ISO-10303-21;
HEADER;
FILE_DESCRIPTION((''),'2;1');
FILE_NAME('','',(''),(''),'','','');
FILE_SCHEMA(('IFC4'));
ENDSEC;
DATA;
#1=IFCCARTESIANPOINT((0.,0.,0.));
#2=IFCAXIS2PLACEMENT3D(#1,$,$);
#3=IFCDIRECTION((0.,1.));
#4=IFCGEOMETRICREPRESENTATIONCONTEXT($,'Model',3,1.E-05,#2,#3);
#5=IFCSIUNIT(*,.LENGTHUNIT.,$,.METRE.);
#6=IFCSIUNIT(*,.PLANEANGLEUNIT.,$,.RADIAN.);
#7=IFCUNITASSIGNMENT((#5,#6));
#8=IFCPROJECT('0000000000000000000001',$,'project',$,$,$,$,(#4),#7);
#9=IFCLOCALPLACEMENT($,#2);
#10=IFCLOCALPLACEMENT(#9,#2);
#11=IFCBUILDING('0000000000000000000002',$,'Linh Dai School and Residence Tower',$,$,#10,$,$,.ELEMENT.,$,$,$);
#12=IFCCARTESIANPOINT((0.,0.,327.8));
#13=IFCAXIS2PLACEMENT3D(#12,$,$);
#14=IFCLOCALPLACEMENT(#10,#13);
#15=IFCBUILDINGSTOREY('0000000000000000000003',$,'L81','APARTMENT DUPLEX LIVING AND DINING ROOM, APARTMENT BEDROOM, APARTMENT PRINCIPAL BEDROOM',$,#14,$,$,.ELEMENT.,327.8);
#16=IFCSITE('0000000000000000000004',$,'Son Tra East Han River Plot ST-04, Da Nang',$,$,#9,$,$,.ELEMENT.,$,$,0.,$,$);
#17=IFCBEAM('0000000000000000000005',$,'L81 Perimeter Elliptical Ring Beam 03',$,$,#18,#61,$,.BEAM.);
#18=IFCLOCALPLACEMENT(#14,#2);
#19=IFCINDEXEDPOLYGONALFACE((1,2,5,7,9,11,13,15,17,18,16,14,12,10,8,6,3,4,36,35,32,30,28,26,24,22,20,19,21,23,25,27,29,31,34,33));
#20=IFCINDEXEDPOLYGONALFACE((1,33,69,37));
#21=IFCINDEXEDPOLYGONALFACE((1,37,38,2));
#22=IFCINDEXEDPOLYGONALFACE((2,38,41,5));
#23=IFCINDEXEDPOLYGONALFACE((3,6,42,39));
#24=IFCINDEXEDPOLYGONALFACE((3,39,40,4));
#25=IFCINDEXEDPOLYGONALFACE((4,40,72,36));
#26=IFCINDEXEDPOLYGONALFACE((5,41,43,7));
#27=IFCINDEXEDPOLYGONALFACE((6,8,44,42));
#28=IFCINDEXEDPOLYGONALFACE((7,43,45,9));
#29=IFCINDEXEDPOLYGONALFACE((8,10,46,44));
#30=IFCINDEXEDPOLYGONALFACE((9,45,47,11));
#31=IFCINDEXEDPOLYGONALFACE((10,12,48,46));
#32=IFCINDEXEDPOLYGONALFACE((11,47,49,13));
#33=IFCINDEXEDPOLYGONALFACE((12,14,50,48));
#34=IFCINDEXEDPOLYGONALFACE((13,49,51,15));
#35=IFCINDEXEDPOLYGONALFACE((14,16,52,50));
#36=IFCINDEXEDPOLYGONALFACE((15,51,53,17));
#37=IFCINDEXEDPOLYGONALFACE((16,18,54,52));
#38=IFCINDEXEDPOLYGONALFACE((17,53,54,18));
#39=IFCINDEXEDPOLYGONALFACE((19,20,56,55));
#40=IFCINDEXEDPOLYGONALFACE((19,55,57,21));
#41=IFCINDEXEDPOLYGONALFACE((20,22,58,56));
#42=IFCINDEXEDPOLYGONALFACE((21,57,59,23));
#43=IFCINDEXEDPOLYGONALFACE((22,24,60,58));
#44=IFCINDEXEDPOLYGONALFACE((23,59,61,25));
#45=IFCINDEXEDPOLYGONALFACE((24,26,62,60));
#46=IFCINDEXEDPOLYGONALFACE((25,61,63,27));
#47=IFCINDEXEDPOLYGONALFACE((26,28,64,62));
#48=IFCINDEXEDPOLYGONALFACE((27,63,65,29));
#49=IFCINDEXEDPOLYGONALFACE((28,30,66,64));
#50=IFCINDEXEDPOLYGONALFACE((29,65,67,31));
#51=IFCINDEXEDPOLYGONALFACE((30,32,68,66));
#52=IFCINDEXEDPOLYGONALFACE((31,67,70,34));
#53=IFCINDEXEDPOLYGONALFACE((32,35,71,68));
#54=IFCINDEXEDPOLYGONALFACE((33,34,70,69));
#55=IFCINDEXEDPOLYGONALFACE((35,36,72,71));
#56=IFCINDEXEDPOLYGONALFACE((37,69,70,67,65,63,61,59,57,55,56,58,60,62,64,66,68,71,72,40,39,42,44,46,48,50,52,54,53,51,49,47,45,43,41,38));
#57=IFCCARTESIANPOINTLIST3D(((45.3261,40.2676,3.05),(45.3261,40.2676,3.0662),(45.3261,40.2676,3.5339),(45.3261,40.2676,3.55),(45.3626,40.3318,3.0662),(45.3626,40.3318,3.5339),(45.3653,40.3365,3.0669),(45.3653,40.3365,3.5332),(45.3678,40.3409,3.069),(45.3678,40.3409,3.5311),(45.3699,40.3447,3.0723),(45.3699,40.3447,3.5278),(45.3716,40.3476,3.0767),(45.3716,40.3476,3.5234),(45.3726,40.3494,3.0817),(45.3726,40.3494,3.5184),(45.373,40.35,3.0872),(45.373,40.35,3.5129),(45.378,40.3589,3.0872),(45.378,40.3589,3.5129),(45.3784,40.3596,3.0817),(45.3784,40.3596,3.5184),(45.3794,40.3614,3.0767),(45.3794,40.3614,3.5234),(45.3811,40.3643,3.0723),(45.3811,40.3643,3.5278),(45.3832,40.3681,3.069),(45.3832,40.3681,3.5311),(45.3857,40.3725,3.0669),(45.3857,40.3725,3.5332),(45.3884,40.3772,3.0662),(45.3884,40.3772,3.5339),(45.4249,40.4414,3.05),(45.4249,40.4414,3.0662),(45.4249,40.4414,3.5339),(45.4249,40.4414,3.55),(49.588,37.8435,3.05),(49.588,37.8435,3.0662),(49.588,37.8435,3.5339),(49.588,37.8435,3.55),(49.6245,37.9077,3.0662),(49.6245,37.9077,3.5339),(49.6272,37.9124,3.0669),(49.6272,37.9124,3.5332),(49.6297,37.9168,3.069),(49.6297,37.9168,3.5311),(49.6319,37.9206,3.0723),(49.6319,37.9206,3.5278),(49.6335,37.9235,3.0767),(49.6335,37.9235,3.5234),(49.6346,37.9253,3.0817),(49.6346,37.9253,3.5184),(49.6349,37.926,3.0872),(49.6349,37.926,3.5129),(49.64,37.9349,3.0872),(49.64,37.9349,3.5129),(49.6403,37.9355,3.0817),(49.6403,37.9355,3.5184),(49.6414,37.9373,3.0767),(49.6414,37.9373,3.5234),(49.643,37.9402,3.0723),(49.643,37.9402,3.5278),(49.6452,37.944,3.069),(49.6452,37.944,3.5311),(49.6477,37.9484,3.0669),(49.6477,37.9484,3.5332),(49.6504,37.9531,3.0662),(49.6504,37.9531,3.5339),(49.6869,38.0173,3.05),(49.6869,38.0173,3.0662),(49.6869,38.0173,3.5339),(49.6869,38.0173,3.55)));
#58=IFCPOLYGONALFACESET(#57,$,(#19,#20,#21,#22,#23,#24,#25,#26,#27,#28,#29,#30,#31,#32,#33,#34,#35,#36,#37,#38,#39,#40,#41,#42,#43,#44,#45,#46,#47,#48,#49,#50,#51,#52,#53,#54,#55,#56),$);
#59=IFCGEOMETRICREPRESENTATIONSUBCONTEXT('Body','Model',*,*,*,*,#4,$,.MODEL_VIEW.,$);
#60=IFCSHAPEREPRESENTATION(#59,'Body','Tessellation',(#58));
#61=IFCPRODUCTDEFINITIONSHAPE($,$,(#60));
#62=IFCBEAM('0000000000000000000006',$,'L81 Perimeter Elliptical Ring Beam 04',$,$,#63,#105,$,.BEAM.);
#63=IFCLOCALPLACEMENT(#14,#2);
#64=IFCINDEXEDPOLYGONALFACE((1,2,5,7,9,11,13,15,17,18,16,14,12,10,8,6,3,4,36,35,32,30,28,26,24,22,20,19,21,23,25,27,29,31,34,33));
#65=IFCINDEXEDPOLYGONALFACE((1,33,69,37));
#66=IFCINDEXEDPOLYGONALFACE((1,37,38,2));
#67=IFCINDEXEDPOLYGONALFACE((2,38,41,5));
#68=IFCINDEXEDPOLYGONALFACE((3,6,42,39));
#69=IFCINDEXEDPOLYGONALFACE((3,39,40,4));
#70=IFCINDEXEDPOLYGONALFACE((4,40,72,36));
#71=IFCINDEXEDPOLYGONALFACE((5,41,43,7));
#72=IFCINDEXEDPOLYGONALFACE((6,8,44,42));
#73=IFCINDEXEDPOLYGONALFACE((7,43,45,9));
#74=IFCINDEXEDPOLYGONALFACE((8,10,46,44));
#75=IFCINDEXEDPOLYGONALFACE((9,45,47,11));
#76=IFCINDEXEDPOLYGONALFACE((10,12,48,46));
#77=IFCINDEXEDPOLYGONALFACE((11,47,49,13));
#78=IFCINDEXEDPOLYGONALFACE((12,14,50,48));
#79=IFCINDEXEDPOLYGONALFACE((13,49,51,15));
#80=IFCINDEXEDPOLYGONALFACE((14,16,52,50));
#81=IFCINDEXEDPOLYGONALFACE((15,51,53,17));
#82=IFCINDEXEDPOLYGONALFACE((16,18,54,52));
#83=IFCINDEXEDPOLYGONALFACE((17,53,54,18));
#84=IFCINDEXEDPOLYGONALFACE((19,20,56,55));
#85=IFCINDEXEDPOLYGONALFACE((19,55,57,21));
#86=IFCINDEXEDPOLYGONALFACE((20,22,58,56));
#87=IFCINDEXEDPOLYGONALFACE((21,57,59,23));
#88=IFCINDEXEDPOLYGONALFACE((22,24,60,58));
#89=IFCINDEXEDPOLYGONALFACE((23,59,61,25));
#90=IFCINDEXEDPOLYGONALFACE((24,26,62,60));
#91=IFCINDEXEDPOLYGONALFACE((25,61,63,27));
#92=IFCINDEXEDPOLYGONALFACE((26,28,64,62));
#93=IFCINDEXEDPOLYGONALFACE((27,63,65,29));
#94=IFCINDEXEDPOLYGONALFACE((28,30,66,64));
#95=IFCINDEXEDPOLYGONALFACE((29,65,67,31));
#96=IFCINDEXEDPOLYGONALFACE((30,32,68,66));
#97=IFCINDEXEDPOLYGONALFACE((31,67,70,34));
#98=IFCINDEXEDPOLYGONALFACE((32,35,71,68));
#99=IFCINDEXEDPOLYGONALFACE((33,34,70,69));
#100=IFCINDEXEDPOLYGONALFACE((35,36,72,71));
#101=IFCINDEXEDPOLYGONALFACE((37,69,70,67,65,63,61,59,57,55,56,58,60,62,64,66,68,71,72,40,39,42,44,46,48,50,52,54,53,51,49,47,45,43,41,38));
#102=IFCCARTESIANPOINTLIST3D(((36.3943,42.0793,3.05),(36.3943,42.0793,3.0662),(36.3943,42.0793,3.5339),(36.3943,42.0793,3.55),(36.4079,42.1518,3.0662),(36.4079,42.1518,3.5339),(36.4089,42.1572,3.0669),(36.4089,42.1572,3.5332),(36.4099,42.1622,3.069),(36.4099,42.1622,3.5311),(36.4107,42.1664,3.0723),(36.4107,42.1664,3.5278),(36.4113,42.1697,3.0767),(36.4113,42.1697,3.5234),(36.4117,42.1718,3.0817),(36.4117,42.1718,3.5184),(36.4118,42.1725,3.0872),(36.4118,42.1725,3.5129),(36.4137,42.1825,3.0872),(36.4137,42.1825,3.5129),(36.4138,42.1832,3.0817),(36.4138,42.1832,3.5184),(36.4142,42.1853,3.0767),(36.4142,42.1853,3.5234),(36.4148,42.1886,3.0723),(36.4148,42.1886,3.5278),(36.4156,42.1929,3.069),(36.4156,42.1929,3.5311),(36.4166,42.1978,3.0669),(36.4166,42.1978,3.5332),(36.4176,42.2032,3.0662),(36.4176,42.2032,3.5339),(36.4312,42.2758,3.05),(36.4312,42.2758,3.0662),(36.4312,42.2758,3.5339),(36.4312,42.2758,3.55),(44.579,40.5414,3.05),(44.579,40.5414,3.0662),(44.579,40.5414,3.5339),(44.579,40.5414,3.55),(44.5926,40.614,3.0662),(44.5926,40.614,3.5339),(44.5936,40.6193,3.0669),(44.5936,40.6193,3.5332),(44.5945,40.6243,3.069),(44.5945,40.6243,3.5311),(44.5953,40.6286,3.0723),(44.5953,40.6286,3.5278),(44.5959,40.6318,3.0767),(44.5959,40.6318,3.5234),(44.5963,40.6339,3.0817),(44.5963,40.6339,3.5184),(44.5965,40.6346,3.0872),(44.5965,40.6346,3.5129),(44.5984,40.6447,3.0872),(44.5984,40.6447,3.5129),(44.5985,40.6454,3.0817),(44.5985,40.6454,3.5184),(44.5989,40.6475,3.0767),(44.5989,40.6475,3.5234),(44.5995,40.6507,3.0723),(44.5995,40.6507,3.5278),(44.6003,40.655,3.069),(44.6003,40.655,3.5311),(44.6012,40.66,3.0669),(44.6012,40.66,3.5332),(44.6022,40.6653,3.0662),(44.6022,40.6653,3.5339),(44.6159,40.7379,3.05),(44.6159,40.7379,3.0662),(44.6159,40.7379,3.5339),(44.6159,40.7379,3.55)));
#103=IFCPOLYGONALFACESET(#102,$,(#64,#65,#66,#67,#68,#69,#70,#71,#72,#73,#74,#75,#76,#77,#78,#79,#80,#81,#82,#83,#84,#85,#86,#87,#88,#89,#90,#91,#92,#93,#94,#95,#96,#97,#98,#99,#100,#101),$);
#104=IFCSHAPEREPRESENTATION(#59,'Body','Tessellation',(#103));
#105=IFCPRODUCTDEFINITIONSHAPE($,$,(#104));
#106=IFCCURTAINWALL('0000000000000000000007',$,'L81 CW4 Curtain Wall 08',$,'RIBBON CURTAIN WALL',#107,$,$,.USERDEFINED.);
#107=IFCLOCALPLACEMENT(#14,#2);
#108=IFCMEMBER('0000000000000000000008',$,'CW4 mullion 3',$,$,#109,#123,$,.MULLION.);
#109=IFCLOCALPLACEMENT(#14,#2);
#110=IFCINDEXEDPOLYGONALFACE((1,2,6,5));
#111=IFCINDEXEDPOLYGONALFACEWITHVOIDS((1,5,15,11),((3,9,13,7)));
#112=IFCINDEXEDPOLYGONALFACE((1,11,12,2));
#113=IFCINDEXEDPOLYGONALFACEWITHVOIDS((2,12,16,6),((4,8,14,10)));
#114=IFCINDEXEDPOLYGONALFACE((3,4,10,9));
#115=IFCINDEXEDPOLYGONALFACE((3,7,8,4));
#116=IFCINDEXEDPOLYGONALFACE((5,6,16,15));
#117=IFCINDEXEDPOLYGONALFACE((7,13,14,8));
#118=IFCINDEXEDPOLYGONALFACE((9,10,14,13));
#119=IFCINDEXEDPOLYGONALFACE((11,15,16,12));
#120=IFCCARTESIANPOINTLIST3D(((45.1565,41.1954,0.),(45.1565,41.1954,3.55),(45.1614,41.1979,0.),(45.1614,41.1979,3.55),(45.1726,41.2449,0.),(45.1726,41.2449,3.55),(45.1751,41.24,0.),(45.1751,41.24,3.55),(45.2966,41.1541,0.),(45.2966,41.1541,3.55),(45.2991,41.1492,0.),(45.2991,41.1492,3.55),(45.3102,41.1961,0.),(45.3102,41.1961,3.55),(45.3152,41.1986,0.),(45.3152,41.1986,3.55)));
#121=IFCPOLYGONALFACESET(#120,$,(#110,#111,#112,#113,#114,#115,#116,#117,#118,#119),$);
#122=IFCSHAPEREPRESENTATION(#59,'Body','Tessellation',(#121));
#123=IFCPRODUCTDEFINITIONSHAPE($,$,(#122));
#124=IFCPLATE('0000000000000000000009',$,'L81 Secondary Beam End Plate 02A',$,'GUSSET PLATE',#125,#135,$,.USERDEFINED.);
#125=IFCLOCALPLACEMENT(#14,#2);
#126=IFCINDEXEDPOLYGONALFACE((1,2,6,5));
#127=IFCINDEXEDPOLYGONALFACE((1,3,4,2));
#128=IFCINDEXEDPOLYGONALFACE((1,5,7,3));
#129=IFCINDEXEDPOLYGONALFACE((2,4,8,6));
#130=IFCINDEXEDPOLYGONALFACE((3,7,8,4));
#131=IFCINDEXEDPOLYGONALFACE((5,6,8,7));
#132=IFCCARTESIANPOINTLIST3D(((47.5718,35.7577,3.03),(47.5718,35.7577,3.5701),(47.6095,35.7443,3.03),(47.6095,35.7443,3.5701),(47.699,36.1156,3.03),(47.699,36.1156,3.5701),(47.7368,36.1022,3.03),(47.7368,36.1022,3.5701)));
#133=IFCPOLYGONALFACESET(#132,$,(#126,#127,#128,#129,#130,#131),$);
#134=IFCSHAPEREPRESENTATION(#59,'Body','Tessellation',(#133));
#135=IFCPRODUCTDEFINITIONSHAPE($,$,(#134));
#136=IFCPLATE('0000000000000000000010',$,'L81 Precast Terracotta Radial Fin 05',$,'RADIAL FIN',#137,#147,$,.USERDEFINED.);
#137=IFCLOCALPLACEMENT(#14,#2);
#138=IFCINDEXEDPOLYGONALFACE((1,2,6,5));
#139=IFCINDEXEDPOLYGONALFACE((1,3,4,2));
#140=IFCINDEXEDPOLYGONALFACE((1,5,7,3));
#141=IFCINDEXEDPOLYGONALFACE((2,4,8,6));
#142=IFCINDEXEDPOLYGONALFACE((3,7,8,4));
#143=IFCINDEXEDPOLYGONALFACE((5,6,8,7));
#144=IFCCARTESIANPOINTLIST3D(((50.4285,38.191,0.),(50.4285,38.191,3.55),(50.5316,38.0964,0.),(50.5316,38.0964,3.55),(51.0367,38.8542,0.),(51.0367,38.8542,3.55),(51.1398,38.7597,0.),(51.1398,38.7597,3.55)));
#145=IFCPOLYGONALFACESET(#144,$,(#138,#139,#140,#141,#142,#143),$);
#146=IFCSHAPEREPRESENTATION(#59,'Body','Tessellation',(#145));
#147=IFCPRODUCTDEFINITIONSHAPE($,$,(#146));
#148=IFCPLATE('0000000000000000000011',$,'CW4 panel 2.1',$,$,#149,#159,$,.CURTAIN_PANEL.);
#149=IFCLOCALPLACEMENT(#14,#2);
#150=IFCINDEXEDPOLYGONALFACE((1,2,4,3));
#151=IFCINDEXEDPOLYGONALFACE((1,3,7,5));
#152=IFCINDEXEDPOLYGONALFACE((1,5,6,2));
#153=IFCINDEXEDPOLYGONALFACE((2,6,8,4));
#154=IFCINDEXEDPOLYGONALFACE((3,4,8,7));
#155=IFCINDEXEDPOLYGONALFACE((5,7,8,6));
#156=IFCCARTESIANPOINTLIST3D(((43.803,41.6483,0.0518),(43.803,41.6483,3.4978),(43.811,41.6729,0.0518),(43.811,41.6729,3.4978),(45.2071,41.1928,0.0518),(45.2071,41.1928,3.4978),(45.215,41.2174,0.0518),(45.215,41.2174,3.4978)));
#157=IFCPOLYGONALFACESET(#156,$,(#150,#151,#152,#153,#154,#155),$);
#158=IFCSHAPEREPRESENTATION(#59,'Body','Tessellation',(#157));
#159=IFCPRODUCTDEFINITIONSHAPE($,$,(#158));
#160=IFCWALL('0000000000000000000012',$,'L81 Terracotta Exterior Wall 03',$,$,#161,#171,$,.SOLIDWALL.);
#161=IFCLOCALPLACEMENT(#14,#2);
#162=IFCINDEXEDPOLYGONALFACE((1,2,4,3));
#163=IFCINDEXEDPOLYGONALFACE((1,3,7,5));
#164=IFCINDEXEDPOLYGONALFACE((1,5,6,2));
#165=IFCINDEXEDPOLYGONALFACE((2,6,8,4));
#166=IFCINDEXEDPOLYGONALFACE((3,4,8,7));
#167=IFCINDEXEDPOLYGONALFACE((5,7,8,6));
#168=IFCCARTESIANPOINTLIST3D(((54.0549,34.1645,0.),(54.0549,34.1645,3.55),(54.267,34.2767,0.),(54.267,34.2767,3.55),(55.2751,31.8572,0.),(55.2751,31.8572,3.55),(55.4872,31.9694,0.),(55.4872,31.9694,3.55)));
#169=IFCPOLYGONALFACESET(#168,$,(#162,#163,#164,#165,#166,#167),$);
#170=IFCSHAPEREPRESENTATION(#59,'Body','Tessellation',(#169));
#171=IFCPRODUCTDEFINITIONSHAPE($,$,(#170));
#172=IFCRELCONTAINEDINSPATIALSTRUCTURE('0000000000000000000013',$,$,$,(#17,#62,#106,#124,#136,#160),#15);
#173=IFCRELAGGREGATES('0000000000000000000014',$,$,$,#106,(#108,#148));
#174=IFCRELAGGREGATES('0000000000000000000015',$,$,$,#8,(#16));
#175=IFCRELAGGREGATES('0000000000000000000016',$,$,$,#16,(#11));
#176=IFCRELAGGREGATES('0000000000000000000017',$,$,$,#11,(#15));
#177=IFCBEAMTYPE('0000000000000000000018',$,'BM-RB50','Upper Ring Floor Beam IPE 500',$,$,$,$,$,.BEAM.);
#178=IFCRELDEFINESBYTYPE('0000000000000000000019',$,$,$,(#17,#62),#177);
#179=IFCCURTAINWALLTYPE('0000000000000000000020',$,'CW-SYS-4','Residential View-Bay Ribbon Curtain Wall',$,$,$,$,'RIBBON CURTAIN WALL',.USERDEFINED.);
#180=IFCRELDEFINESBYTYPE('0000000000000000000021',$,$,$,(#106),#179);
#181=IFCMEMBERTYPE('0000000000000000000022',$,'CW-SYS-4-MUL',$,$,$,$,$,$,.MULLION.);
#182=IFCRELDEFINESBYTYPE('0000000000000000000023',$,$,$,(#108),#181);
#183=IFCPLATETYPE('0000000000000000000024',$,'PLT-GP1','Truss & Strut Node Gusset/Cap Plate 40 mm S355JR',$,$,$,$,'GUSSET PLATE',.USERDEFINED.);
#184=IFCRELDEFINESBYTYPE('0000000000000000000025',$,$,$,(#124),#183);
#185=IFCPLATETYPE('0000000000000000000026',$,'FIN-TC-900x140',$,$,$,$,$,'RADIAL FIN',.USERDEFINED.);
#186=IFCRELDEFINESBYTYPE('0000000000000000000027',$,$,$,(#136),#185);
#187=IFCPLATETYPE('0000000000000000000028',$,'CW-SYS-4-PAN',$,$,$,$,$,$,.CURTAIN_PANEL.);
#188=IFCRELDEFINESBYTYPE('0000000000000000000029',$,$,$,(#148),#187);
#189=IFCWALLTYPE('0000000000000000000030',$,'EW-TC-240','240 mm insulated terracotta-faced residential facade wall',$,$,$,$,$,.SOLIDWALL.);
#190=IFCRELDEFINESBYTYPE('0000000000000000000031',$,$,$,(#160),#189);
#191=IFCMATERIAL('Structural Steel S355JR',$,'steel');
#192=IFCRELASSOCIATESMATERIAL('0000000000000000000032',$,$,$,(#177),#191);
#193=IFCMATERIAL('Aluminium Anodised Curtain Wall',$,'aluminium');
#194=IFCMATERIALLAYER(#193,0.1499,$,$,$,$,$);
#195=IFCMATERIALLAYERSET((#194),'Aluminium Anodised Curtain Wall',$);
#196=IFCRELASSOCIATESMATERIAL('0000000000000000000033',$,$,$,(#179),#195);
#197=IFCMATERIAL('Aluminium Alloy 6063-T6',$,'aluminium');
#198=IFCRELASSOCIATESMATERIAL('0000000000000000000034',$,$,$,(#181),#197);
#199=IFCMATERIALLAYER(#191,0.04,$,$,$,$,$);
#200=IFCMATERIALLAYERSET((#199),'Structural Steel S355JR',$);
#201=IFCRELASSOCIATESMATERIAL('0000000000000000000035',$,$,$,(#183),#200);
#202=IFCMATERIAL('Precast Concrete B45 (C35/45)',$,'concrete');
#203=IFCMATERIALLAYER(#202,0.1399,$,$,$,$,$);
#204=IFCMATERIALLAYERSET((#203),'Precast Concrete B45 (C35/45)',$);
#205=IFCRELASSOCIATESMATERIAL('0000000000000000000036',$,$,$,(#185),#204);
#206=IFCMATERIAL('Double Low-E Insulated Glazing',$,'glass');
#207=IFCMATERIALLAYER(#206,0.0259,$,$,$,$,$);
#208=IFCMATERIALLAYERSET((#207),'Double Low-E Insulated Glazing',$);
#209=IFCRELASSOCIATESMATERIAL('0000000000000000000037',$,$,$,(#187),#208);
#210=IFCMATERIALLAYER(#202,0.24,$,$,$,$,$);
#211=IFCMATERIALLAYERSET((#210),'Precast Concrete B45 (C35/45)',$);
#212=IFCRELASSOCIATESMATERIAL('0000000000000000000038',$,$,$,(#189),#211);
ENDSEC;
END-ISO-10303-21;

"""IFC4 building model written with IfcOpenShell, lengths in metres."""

from ifc_helpers import new_model, si_unit, direction, frame, frame_2d, origin, origin_2d, place, context, subcontext, project, spatial, rectangle, hollow_rectangle, i_section, extrude, source, transform, mapped, material, layer, layer_set, material_profile, profile_set, type_object, element, aggregate, save


model = new_model("IFC4")

# Units and contexts
model_context = context("Model", 3, precision=1e-05, world=origin(), true_north=direction((0.0, 1.0)))
body_context = subcontext(model_context, "Body", "Model", "MODEL_VIEW")
ifc_project = project(units=[si_unit("LENGTHUNIT", "METRE"), si_unit("PLANEANGLEUNIT", "RADIAN")], contexts=[model_context])

# Site, building, storey
site_placement = place(None, origin())
site = spatial("IfcSite", under=ifc_project, at=site_placement, Name="Son Tra East Han River Plot ST-04, Da Nang", CompositionType="ELEMENT", RefElevation=0.0)
building_placement = place(site_placement, origin())
building = spatial("IfcBuilding", under=site, at=building_placement, Name="Linh Dai School and Residence Tower", CompositionType="ELEMENT")
storey_placement = place(building_placement, frame((0.0, 0.0, 327.8)))
storey = spatial("IfcBuildingStorey", under=building, at=storey_placement, Name="L81", Description="APARTMENT DUPLEX LIVING AND DINING ROOM, APARTMENT BEDROOM, APARTMENT PRINCIPAL BEDROOM", CompositionType="ELEMENT", Elevation=327.8)

# Shared definitions
ifc_material_1 = material(Name="Structural Steel S355JR", Category="steel")

# Beams
ifc_material_profile_1 = material_profile(ifc_material_1, i_section(OverallWidth=0.2, OverallDepth=0.5, WebThickness=0.0103, FlangeThickness=0.0161, FilletRadius=0.021, at=origin_2d()), Name="IPE 500")
ifc_profile_set_1 = profile_set([ifc_material_profile_1], Name="Structural Steel S355JR")
beam_type_1 = type_object("IfcBeamType", Name="BM-RB50", Description="Upper Ring Floor Beam IPE 500", PredefinedType="BEAM", material=ifc_profile_set_1)
beam_1_placement = place(storey_placement, frame((49.6375, 37.9304, 3.3), z_axis=(-0.869237, 0.494395, 0.0), x_axis=(-0.494395, -0.869237, 0.0)))
element("IfcBeam", 1, at=beam_1_placement, inside=storey, type_object=beam_type_1, Name="L81 Perimeter Elliptical Ring Beam 03", PredefinedType="BEAM", context=body_context, shape_type="SweptSolid", body=[
    extrude(i_section(OverallWidth=0.2, OverallDepth=0.5, WebThickness=0.0103, FlangeThickness=0.0161, FilletRadius=0.021, at=origin_2d()), origin(), (0.0, 0.0, 1.0), 4.9031),
])
beam_2_placement = place(storey_placement, frame((44.5974, 40.6396, 3.3), z_axis=(-0.982802, 0.184664, 0.0), x_axis=(-0.184664, -0.982802, 0.0)))
element("IfcBeam", 2, at=beam_2_placement, inside=storey, type_object=beam_type_1, Name="L81 Perimeter Elliptical Ring Beam 04", PredefinedType="BEAM", context=body_context, shape_type="SweptSolid", body=[
    extrude(i_section(OverallWidth=0.2, OverallDepth=0.5, WebThickness=0.0103, FlangeThickness=0.0161, FilletRadius=0.021, at=origin_2d()), origin(), (0.0, 0.0, 1.0), 8.3279),
])

# Curtain wall, member
ifc_material_2 = material(Name="Aluminium Anodised Curtain Wall", Category="aluminium")
ifc_layer_1 = layer(ifc_material_2, 0.1499)
ifc_layer_set_1 = layer_set([ifc_layer_1], Name="Aluminium Anodised Curtain Wall")
curtain_wall_type = type_object("IfcCurtainWallType", Name="CW-SYS-4", Description="Residential View-Bay Ribbon Curtain Wall", ElementType="RIBBON CURTAIN WALL", PredefinedType="USERDEFINED", material=ifc_layer_set_1)
curtain_wall_placement = place(storey_placement, origin())
curtain_wall = element("IfcCurtainWall", 3, at=curtain_wall_placement, inside=storey, type_object=curtain_wall_type, Name="L81 CW4 Curtain Wall 08", ObjectType="RIBBON CURTAIN WALL", PredefinedType="USERDEFINED")
ifc_material_3 = material(Name="Aluminium Alloy 6063-T6", Category="aluminium")
ifc_material_profile_2 = material_profile(ifc_material_3, hollow_rectangle(XDim=0.052, YDim=0.1499, WallThickness=0.0039, at=origin_2d()), Name="RHS 150x52x4")
ifc_profile_set_2 = profile_set([ifc_material_profile_2], Name="Aluminium Alloy 6063-T6")
member_type = type_object("IfcMemberType", Name="CW-SYS-4-MUL", PredefinedType="MULLION", material=ifc_profile_set_2)
shared_shape_1 = source(origin(), body_context, "Body", "SweptSolid", [
    extrude(hollow_rectangle(XDim=0.052, YDim=0.1499, WallThickness=0.0039, at=origin_2d()), origin(), (0.0, 0.0, 1.0), 3.55),
])
member_placement = place(storey_placement, frame((45.2358, 41.197, 0.0), z_axis=(0.0, 0.0, 1.0), x_axis=(0.308565, 0.951203, 0.0)))
member = element("IfcMember", 4, at=member_placement, type_object=member_type, Name="CW4 mullion 3", PredefinedType="MULLION", context=body_context, shape_type="MappedRepresentation", body=[
    mapped(shared_shape_1, transform((0.0, 0.0, 0.0), x_axis=(1.0, 0.0, 0.0), y_axis=(0.0, 1.0, 0.0), z_axis=(0.0, 0.0, 1.0), scale=1.0)),
])

# Plates
ifc_layer_2 = layer(ifc_material_1, 0.04)
ifc_layer_set_2 = layer_set([ifc_layer_2], Name="Structural Steel S355JR")
plate_type_1 = type_object("IfcPlateType", Name="PLT-GP1", Description="Truss & Strut Node Gusset/Cap Plate 40 mm S355JR", ElementType="GUSSET PLATE", PredefinedType="USERDEFINED", material=ifc_layer_set_2)
shared_shape_2 = source(origin(), body_context, "Body", "SweptSolid", [
    extrude(rectangle(XDim=0.04, YDim=0.3799, at=origin_2d()), origin(), (0.0, 0.0, 1.0), 0.54),
])
plate_1_placement = place(storey_placement, frame((47.6543, 35.9299, 3.03), z_axis=(0.0, 0.0, 1.0), x_axis=(-0.942251, 0.334909, 0.0)))
element("IfcPlate", 5, at=plate_1_placement, inside=storey, type_object=plate_type_1, Name="L81 Secondary Beam End Plate 02A", ObjectType="GUSSET PLATE", PredefinedType="USERDEFINED", context=body_context, shape_type="MappedRepresentation", body=[
    mapped(shared_shape_2, transform((0.0, 0.0, 0.0), x_axis=(1.0, 0.0, 0.0), y_axis=(0.0, 1.0, 0.0), z_axis=(0.0, 0.0, 1.0), scale=1.0)),
])
ifc_material_4 = material(Name="Precast Concrete B45 (C35/45)", Category="concrete")
ifc_layer_3 = layer(ifc_material_4, 0.1399)
ifc_layer_set_3 = layer_set([ifc_layer_3], Name="Precast Concrete B45 (C35/45)")
plate_type_2 = type_object("IfcPlateType", Name="FIN-TC-900x140", ElementType="RADIAL FIN", PredefinedType="USERDEFINED", material=ifc_layer_set_3)
shared_shape_3 = source(origin(), body_context, "Body", "SweptSolid", [
    extrude(rectangle(XDim=0.8999, YDim=0.1399, at=origin_2d()), origin(), (0.0, 0.0, 1.0), 3.55),
])
plate_2_placement = place(storey_placement, frame((50.7842, 38.4753, 0.0), z_axis=(0.0, 0.0, 1.0), x_axis=(0.675841, 0.737048, 0.0)))
element("IfcPlate", 6, at=plate_2_placement, inside=storey, type_object=plate_type_2, Name="L81 Precast Terracotta Radial Fin 05", ObjectType="RADIAL FIN", PredefinedType="USERDEFINED", context=body_context, shape_type="MappedRepresentation", body=[
    mapped(shared_shape_3, transform((0.0, 0.0, 0.0), x_axis=(1.0, 0.0, 0.0), y_axis=(0.0, 1.0, 0.0), z_axis=(0.0, 0.0, 1.0), scale=1.0)),
])

# Plate
ifc_material_5 = material(Name="Double Low-E Insulated Glazing", Category="glass")
ifc_layer_4 = layer(ifc_material_5, 0.0259)
ifc_layer_set_4 = layer_set([ifc_layer_4], Name="Double Low-E Insulated Glazing")
plate_type_3 = type_object("IfcPlateType", Name="CW-SYS-4-PAN", PredefinedType="CURTAIN_PANEL", material=ifc_layer_set_4)
shared_shape_4 = source(origin(), body_context, "Body", "SweptSolid", [
    extrude(rectangle(XDim=1.4761, YDim=0.0259, at=origin_2d()), origin(), (0.0, 0.0, 1.0), 3.446),
])
plate_3_placement = place(storey_placement, frame((44.509, 41.4329, 0.0518), z_axis=(0.0, 0.0, 1.0), x_axis=(0.951203, -0.308565, 0.0)))
plate_3 = element("IfcPlate", 7, at=plate_3_placement, type_object=plate_type_3, Name="CW4 panel 2.1", PredefinedType="CURTAIN_PANEL", context=body_context, shape_type="MappedRepresentation", body=[
    mapped(shared_shape_4, transform((0.0, 0.0, 0.0), x_axis=(1.0, 0.0, 0.0), y_axis=(0.0, 1.0, 0.0), z_axis=(0.0, 0.0, 1.0), scale=1.0)),
])
aggregate(curtain_wall, [member, plate_3])

# Wall
ifc_layer_5 = layer(ifc_material_4, 0.24)
ifc_layer_set_5 = layer_set([ifc_layer_5], Name="Precast Concrete B45 (C35/45)")
wall_type_1 = type_object("IfcWallType", Name="EW-TC-240", Description="240 mm insulated terracotta-faced residential facade wall", PredefinedType="SOLIDWALL", material=ifc_layer_set_5)
wall_1_placement = place(storey_placement, frame((54.1609, 34.2207, 0.0), z_axis=(0.0, 0.0, 1.0), x_axis=(0.467488, -0.883999, 0.0)))
element("IfcWall", 8, at=wall_1_placement, inside=storey, type_object=wall_type_1, Name="L81 Terracotta Exterior Wall 03", PredefinedType="SOLIDWALL", context=body_context, shape_type="SweptSolid", body=[
    extrude(rectangle(XDim=2.6101, YDim=0.24, at=frame_2d((1.3052, 0.0))), origin(), (0.0, 0.0, 1.0), 3.55),
])

save(model, "model.ifc")
